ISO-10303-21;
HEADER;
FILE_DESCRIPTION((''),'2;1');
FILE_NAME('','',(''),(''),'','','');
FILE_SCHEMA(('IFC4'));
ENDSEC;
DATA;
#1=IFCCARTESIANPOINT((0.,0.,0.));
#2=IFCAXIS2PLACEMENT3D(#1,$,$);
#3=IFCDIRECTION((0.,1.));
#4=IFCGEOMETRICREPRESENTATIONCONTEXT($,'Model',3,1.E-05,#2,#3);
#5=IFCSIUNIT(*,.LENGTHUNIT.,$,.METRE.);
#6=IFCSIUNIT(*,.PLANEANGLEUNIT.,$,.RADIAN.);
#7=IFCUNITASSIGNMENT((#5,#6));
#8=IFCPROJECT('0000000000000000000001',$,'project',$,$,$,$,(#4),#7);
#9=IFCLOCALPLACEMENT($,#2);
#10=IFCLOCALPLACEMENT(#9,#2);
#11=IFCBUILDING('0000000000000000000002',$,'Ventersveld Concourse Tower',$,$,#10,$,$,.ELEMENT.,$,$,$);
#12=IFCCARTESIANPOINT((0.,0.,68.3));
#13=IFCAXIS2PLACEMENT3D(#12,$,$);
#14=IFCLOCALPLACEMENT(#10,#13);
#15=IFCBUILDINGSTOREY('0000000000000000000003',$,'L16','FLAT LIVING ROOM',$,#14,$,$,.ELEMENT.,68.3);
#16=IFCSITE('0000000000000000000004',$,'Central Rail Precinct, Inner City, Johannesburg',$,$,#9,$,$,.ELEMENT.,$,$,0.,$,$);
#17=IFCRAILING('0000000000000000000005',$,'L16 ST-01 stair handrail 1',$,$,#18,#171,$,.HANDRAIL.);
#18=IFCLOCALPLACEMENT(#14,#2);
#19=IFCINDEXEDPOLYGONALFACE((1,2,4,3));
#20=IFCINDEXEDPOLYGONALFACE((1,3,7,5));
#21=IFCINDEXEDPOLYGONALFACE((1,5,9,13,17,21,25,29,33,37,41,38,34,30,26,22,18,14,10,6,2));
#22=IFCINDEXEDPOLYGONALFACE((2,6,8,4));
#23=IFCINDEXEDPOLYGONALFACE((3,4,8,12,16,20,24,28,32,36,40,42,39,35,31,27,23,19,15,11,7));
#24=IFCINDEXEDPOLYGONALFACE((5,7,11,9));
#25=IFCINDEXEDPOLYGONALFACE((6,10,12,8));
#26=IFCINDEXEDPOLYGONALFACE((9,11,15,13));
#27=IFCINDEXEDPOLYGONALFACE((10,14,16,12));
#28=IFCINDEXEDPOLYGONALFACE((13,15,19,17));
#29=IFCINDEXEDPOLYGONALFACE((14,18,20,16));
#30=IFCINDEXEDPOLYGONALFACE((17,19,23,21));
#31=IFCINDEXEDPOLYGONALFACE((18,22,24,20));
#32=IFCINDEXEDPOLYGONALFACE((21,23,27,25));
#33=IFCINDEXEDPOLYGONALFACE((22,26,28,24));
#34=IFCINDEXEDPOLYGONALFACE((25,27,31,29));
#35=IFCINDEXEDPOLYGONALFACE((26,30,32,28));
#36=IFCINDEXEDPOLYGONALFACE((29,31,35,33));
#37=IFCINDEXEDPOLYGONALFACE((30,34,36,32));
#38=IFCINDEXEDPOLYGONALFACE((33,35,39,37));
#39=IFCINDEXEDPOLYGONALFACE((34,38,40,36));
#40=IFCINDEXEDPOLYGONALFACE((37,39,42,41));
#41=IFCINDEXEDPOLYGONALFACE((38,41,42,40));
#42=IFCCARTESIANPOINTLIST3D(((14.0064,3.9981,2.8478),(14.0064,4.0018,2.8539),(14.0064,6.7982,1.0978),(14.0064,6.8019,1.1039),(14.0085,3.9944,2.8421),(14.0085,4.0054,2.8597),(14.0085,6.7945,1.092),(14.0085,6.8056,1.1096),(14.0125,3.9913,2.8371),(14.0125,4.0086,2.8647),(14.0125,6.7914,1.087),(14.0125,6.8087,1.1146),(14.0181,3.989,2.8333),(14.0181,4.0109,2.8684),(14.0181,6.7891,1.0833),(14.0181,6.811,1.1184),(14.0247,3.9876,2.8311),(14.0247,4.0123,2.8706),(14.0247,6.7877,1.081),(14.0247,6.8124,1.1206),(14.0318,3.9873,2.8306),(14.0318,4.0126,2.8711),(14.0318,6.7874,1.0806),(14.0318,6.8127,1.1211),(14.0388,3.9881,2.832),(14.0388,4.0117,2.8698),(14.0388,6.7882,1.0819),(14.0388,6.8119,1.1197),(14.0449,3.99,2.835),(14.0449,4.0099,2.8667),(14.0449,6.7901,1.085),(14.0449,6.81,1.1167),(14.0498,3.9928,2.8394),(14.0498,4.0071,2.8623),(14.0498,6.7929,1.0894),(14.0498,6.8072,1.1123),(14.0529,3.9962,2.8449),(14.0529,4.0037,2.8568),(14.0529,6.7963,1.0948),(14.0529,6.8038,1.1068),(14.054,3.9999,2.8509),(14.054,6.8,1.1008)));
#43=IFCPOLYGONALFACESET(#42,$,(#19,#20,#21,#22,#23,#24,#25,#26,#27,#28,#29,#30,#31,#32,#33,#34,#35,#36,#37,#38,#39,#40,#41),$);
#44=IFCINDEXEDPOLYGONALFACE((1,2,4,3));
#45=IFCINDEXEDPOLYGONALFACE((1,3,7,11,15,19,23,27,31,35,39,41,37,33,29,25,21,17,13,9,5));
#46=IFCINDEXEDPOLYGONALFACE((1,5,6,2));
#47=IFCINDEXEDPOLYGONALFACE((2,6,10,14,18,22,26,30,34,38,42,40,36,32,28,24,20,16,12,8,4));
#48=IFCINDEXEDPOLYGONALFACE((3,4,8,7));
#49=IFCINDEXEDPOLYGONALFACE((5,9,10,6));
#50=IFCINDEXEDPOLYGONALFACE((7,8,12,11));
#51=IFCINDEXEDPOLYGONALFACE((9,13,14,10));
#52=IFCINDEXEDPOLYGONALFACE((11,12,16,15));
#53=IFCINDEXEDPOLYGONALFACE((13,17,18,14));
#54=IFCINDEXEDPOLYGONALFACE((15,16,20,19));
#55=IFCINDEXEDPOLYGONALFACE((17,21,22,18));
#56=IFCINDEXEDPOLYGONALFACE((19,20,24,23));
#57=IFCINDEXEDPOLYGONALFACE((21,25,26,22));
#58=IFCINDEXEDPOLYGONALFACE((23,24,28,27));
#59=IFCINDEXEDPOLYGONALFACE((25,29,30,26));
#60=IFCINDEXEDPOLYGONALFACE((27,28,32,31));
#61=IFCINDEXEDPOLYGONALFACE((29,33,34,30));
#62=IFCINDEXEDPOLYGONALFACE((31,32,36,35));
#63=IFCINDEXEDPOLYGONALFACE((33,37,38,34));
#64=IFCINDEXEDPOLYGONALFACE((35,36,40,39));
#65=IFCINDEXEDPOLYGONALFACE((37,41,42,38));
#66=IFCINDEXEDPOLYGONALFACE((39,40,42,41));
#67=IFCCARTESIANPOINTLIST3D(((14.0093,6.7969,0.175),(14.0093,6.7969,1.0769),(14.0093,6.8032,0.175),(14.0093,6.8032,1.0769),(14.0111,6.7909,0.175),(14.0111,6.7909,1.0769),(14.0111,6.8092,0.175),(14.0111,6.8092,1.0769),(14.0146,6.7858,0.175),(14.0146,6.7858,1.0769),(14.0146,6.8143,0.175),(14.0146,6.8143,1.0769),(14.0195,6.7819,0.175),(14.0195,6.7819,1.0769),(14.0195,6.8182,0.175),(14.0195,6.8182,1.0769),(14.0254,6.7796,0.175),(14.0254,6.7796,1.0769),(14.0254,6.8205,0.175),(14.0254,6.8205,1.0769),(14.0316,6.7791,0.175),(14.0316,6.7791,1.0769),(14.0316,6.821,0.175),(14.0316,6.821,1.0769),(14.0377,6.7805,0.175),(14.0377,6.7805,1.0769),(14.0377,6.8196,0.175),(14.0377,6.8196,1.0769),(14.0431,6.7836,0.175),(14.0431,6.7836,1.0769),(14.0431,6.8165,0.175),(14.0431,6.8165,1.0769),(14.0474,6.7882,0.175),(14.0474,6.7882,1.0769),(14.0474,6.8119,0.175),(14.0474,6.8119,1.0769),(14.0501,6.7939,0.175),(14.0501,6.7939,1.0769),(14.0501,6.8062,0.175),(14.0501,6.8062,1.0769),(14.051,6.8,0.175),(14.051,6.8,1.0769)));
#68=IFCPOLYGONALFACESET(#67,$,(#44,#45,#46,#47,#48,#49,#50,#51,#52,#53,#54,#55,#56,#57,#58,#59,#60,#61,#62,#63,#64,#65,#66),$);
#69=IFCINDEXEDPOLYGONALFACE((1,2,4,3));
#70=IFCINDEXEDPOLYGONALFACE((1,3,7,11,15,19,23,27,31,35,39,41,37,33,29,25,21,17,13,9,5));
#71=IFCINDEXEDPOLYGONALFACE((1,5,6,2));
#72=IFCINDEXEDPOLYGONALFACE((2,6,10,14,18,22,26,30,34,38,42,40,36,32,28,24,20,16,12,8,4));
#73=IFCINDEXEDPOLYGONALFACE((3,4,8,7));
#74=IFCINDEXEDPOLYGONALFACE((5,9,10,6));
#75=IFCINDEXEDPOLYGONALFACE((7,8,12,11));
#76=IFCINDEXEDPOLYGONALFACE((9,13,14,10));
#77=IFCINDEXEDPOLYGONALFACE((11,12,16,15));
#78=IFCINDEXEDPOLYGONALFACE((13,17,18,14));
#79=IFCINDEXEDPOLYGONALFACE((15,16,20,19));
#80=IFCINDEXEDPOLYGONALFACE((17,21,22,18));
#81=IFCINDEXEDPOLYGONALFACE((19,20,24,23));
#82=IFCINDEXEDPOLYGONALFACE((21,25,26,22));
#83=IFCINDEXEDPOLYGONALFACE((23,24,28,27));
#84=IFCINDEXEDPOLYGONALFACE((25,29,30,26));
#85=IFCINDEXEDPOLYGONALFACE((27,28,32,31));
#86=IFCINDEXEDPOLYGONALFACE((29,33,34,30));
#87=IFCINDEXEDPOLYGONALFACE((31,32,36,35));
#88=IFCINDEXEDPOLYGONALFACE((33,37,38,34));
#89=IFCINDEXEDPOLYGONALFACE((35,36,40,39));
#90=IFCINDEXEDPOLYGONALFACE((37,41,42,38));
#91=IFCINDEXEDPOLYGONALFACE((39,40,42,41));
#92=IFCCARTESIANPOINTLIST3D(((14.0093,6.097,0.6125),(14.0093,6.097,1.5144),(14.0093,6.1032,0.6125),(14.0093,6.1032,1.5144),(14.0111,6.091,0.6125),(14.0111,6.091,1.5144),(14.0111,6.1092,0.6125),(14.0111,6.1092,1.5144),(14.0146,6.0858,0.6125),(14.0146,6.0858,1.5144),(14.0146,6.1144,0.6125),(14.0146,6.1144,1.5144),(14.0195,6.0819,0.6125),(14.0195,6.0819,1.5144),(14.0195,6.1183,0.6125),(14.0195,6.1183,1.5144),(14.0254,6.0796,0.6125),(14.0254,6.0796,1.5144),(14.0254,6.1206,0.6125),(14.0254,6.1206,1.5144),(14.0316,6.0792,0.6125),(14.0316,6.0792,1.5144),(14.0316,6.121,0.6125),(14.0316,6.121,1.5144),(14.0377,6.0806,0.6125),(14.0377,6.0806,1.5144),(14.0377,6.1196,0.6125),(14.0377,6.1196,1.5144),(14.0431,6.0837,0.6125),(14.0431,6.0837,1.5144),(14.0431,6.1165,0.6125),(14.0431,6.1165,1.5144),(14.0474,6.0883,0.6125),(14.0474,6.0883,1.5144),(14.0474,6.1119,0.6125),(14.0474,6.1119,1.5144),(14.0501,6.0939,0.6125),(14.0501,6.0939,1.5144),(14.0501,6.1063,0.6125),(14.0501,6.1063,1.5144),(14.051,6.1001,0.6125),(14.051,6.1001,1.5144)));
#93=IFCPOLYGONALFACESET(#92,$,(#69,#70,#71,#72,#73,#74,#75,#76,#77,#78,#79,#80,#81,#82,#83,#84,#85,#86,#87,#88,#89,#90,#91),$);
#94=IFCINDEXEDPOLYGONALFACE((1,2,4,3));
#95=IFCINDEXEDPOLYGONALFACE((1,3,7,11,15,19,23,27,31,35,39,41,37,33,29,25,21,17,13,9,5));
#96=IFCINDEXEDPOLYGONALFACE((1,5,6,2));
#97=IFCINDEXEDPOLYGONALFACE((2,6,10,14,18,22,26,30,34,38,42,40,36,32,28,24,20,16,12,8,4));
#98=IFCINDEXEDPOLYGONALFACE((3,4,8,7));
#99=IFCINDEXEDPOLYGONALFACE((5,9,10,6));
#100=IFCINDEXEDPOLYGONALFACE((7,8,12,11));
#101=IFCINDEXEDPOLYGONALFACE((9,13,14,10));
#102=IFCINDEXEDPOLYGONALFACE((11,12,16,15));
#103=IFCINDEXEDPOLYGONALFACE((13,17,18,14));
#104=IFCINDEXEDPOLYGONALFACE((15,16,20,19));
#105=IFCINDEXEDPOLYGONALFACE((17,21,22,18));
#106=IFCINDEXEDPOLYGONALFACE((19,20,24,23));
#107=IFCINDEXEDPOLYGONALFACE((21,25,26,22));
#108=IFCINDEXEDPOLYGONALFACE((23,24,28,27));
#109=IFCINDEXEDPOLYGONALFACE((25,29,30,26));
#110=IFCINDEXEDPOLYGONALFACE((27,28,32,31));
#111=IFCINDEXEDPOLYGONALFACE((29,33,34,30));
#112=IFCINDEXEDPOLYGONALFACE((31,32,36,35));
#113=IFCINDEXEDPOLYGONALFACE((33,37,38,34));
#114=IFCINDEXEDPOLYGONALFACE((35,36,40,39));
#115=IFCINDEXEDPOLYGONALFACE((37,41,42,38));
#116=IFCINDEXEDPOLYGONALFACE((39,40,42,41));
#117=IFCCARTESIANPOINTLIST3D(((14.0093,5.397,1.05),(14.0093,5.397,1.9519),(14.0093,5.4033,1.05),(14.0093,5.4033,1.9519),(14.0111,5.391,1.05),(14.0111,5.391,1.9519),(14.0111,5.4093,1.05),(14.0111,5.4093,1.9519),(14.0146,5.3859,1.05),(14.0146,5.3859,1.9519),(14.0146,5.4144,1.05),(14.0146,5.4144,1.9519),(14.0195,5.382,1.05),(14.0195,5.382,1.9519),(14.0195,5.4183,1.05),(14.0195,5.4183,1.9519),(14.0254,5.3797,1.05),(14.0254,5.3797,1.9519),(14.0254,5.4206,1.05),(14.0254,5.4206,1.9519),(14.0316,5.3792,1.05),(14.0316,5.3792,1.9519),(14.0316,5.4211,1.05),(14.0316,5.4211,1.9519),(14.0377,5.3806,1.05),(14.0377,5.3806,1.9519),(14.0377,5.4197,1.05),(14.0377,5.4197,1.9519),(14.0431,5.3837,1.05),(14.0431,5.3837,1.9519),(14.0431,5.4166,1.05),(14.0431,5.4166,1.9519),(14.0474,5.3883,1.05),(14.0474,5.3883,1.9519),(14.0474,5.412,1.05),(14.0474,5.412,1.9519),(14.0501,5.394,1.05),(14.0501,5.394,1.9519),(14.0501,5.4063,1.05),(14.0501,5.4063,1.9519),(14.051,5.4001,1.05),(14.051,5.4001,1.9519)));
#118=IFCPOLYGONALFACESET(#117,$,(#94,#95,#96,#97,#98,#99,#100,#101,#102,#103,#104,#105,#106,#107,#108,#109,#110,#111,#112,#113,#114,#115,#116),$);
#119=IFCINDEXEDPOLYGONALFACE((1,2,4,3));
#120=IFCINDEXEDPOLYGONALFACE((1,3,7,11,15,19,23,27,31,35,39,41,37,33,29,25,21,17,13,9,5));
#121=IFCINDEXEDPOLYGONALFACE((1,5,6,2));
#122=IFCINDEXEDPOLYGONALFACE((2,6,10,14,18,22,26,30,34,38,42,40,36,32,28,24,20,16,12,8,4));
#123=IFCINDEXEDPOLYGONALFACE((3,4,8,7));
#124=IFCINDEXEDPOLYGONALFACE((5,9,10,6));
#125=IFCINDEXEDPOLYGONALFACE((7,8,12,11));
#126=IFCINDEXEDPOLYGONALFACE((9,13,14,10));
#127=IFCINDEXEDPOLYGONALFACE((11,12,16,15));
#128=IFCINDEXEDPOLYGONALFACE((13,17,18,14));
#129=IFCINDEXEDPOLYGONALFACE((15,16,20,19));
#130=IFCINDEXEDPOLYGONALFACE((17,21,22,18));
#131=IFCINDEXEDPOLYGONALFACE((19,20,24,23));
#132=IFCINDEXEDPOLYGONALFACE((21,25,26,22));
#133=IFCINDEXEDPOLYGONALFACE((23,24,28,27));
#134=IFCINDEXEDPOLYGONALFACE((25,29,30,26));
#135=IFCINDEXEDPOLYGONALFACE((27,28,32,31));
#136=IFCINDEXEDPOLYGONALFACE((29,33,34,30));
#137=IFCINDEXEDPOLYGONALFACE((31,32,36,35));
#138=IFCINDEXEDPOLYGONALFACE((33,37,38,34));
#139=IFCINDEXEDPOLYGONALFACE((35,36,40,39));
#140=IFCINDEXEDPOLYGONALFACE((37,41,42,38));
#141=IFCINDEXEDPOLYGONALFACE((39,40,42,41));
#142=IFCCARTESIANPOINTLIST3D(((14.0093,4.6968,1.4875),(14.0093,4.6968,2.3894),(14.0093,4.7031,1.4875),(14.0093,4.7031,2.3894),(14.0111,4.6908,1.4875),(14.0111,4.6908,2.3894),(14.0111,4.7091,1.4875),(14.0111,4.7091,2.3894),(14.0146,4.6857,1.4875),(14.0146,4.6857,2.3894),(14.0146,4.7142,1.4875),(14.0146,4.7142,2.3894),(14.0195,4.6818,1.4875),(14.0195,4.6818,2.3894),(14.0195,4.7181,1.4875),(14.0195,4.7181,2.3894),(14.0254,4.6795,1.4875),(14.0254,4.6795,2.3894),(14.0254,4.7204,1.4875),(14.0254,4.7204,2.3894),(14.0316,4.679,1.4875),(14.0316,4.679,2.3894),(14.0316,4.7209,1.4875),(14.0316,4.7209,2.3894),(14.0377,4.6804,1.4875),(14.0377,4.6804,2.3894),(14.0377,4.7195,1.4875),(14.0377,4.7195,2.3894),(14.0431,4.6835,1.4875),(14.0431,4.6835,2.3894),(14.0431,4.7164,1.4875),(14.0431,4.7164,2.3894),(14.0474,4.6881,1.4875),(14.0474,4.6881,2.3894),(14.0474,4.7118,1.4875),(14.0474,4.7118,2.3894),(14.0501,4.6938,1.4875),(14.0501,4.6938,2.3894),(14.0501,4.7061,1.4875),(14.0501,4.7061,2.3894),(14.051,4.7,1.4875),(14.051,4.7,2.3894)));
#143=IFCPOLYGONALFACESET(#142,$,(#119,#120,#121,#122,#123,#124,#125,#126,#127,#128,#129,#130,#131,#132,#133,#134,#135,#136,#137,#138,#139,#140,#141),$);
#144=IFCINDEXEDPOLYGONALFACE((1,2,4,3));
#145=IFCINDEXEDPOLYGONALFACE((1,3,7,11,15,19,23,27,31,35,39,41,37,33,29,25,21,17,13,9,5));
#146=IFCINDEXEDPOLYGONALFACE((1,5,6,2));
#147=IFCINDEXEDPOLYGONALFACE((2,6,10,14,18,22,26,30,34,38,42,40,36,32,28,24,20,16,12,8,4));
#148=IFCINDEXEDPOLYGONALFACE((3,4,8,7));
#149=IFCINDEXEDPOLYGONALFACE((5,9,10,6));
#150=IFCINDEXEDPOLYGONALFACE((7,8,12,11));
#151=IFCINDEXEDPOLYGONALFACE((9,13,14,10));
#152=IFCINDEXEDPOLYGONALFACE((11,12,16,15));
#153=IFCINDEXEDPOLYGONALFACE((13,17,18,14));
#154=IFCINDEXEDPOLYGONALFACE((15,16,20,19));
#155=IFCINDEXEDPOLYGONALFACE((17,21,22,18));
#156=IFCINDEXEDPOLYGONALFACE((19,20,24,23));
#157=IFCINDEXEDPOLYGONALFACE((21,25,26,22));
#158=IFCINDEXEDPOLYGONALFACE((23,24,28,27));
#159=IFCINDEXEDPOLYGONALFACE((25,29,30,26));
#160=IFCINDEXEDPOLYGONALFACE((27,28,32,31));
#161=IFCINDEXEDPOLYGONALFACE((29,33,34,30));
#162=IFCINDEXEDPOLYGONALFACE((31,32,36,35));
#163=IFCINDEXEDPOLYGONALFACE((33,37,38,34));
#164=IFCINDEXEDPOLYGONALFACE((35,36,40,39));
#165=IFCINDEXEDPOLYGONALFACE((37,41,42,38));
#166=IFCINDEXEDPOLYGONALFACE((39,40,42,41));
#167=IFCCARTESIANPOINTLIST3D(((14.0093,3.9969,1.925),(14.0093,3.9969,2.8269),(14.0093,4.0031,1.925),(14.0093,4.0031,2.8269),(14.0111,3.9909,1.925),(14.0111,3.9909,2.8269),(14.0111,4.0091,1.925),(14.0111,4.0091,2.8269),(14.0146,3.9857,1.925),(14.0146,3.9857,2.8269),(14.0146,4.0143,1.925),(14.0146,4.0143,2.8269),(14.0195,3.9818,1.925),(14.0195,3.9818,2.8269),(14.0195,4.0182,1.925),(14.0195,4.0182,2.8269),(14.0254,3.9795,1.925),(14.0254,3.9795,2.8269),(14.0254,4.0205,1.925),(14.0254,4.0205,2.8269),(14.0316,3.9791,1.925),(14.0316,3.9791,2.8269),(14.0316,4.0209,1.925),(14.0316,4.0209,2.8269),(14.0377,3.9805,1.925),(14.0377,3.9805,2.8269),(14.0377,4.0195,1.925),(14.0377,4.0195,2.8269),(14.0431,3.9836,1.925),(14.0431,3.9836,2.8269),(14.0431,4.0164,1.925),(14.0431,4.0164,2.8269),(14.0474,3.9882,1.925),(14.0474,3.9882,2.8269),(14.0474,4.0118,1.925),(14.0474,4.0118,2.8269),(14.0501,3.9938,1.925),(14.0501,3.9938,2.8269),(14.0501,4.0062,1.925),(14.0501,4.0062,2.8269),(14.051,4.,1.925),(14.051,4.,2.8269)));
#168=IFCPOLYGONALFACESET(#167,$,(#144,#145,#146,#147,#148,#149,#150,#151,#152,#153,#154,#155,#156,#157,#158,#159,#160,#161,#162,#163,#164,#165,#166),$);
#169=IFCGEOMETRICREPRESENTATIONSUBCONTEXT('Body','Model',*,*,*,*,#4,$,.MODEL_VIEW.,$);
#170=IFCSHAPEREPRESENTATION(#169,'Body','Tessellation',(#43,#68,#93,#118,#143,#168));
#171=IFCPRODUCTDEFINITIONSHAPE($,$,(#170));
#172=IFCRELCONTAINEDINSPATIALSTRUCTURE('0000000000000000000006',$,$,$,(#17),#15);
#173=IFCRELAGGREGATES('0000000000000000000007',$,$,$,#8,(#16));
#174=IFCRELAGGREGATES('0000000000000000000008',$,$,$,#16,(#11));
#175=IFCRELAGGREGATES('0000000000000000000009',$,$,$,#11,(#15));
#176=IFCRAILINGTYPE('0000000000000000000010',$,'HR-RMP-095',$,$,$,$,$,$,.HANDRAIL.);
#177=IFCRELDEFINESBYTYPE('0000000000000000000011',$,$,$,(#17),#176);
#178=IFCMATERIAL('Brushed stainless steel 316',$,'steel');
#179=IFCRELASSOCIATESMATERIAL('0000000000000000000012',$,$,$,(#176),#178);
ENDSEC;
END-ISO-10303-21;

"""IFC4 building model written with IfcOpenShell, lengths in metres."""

from ifc_helpers import new_model, si_unit, direction, frame, origin, origin_2d, place, context, subcontext, project, spatial, circle, extrude, material, type_object, element, save


model = new_model("IFC4")

# Units and contexts
model_context = context("Model", 3, precision=1e-05, world=origin(), true_north=direction((0.0, 1.0)))
body_context = subcontext(model_context, "Body", "Model", "MODEL_VIEW")
ifc_project = project(units=[si_unit("LENGTHUNIT", "METRE"), si_unit("PLANEANGLEUNIT", "RADIAN")], contexts=[model_context])

# Site, building, storey
site_placement = place(None, origin())
site = spatial("IfcSite", under=ifc_project, at=site_placement, Name="Central Rail Precinct, Inner City, Johannesburg", CompositionType="ELEMENT", RefElevation=0.0)
building_placement = place(site_placement, origin())
building = spatial("IfcBuilding", under=site, at=building_placement, Name="Ventersveld Concourse Tower", CompositionType="ELEMENT")
storey_placement = place(building_placement, frame((0.0, 0.0, 68.3)))
storey = spatial("IfcBuildingStorey", under=building, at=storey_placement, Name="L16", Description="FLAT LIVING ROOM", CompositionType="ELEMENT", Elevation=68.3)

# Railing
ifc_material_1 = material(Name="Brushed stainless steel 316", Category="steel")
railing_type_1 = type_object("IfcRailingType", Name="HR-RMP-095", PredefinedType="HANDRAIL", material=ifc_material_1)
railing_1_placement = place(storey_placement, frame((14.03, 6.8, 0.175)))
element("IfcRailing", 1, at=railing_1_placement, inside=storey, type_object=railing_type_1, Name="L16 ST-01 stair handrail 1", PredefinedType="HANDRAIL", context=body_context, shape_type="SweptSolid", body=[
    extrude(circle(Radius=0.0239, at=origin_2d()), frame((0.0, 0.0, 0.9258), z_axis=(0.0, -0.848002, 0.529992), x_axis=(1.0, 0.0, 0.0)), (0.0, 0.0, 1.0), 3.302),
    extrude(circle(Radius=0.021, at=origin_2d()), origin(), (0.0, 0.0, 1.0), 0.9019),
    extrude(circle(Radius=0.021, at=origin_2d()), frame((0.0, -0.7, 0.4375)), (0.0, 0.0, 1.0), 0.9019),
    extrude(circle(Radius=0.021, at=origin_2d()), frame((0.0, -1.3999, 0.875)), (0.0, 0.0, 1.0), 0.9019),
    extrude(circle(Radius=0.021, at=origin_2d()), frame((0.0, -2.1001, 1.3125)), (0.0, 0.0, 1.0), 0.9019),
    extrude(circle(Radius=0.021, at=origin_2d()), frame((0.0, -2.8, 1.75)), (0.0, 0.0, 1.0), 0.9019),
])

save(model, "model.ifc")
